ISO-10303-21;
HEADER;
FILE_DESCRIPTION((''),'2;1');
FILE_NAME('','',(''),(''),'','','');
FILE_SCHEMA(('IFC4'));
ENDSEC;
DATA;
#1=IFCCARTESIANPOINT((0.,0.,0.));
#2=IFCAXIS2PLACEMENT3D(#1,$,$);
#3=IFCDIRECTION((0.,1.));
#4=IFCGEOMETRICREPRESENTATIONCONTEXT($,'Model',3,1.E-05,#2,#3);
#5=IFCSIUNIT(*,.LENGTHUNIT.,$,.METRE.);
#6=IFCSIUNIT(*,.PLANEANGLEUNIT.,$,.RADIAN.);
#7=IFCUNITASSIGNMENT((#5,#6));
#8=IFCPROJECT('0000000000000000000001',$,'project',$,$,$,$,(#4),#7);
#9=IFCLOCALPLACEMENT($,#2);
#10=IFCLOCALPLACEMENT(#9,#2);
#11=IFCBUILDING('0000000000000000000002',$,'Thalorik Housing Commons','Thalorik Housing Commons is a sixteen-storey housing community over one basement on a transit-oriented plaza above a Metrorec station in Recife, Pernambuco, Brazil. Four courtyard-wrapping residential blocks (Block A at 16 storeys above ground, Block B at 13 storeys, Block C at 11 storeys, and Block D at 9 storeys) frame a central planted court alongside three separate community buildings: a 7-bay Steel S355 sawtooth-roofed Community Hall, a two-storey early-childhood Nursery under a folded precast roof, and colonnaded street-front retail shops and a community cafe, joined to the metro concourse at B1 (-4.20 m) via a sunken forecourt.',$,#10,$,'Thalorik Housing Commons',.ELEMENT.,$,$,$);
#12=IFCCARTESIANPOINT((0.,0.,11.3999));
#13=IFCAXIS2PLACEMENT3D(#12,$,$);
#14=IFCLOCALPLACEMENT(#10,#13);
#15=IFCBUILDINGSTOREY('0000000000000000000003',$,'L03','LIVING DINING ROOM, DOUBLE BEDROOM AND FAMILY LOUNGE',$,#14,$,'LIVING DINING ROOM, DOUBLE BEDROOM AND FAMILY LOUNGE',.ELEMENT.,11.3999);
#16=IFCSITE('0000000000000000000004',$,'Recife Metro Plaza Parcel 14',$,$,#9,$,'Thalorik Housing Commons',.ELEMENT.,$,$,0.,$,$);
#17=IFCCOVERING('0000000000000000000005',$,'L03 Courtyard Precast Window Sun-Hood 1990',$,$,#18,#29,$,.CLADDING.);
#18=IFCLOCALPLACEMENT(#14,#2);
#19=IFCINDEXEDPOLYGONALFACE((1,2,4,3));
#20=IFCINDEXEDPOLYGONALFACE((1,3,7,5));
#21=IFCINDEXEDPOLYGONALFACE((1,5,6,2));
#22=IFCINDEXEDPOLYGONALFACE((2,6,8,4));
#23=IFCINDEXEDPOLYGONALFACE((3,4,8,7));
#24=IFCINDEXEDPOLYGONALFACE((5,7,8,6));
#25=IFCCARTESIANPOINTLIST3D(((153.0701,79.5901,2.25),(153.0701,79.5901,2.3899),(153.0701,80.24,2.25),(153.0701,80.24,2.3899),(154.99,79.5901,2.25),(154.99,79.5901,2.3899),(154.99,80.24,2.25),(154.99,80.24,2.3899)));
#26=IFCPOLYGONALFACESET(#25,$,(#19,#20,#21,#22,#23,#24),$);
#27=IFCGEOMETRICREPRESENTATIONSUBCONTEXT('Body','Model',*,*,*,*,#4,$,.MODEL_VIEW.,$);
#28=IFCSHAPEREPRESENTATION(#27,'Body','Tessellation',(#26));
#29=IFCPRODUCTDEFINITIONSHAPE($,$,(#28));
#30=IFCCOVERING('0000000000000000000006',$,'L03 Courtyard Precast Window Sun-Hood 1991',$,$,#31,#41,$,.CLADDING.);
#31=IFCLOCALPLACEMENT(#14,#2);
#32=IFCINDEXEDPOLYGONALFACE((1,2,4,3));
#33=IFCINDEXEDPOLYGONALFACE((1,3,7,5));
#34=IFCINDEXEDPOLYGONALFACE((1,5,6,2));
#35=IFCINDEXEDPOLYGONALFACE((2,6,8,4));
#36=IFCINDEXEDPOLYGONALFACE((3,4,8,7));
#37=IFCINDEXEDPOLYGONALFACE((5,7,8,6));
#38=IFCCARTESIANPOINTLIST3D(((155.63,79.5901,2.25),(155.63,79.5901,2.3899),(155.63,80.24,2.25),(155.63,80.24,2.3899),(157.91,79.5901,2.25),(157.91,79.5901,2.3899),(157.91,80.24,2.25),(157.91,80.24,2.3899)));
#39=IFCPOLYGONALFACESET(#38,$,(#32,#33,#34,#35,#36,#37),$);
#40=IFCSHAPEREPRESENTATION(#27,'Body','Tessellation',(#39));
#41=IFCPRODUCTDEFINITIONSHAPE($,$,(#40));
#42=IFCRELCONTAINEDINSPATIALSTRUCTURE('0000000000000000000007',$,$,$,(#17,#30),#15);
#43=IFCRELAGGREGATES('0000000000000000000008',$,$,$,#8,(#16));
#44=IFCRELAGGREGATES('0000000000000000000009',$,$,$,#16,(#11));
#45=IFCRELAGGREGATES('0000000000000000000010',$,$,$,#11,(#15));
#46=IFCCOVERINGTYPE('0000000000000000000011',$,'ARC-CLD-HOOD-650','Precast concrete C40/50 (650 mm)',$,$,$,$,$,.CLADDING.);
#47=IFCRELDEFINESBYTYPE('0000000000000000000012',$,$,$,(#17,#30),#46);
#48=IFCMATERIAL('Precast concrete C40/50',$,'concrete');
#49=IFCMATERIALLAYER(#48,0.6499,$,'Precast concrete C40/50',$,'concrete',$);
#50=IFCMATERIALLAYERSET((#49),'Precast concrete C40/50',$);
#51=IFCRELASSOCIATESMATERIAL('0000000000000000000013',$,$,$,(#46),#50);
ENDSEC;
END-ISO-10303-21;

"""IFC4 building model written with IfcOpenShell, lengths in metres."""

from ifc_helpers import new_model, si_unit, direction, frame, origin, origin_2d, place, context, subcontext, project, spatial, rectangle, extrude, material, layer, layer_set, type_object, element, save


model = new_model("IFC4")

# Units and contexts
model_context = context("Model", 3, precision=1e-05, world=origin(), true_north=direction((0.0, 1.0)))
body_context = subcontext(model_context, "Body", "Model", "MODEL_VIEW")
ifc_project = project(units=[si_unit("LENGTHUNIT", "METRE"), si_unit("PLANEANGLEUNIT", "RADIAN")], contexts=[model_context])

# Site, building, storey
site_placement = place(None, origin())
site = spatial("IfcSite", under=ifc_project, at=site_placement, Name="Recife Metro Plaza Parcel 14", LongName="Thalorik Housing Commons", CompositionType="ELEMENT", RefElevation=0.0)
building_placement = place(site_placement, origin())
building = spatial("IfcBuilding", under=site, at=building_placement, Name="Thalorik Housing Commons", Description="Thalorik Housing Commons is a sixteen-storey housing community over one basement on a transit-oriented plaza above a Metrorec station in Recife, Pernambuco, Brazil. Four courtyard-wrapping residential blocks (Block A at 16 storeys above ground, Block B at 13 storeys, Block C at 11 storeys, and Block D at 9 storeys) frame a central planted court alongside three separate community buildings: a 7-bay Steel S355 sawtooth-roofed Community Hall, a two-storey early-childhood Nursery under a folded precast roof, and colonnaded street-front retail shops and a community cafe, joined to the metro concourse at B1 (-4.20 m) via a sunken forecourt.", LongName="Thalorik Housing Commons", CompositionType="ELEMENT")
storey_placement = place(building_placement, frame((0.0, 0.0, 11.3999)))
storey = spatial("IfcBuildingStorey", under=building, at=storey_placement, Name="L03", Description="LIVING DINING ROOM, DOUBLE BEDROOM AND FAMILY LOUNGE", LongName="LIVING DINING ROOM, DOUBLE BEDROOM AND FAMILY LOUNGE", CompositionType="ELEMENT", Elevation=11.3999)

# Shared definitions
ifc_material_1 = material(Name="Precast concrete C40/50", Category="concrete")

# Coverings
ifc_layer_1 = layer(ifc_material_1, 0.6499, Name="Precast concrete C40/50", Category="concrete")
ifc_layer_set_1 = layer_set([ifc_layer_1], Name="Precast concrete C40/50")
covering_type_1 = type_object("IfcCoveringType", Name="ARC-CLD-HOOD-650", Description="Precast concrete C40/50 (650 mm)", PredefinedType="CLADDING", material=ifc_layer_set_1)
covering_1_placement = place(storey_placement, frame((154.03, 79.915, 2.25), z_axis=(0.0, 0.0, 1.0), x_axis=(1.0, 0.0, 0.0)))
element("IfcCovering", 1, at=covering_1_placement, inside=storey, type_object=covering_type_1, Name="L03 Courtyard Precast Window Sun-Hood 1990", PredefinedType="CLADDING", context=body_context, shape_type="SweptSolid", body=[
    extrude(rectangle(XDim=1.9199, YDim=0.6499, at=origin_2d()), origin(), (0.0, 0.0, 1.0), 0.1399),
])
covering_2_placement = place(storey_placement, frame((156.77, 79.915, 2.25), z_axis=(0.0, 0.0, 1.0), x_axis=(1.0, 0.0, 0.0)))
element("IfcCovering", 2, at=covering_2_placement, inside=storey, type_object=covering_type_1, Name="L03 Courtyard Precast Window Sun-Hood 1991", PredefinedType="CLADDING", context=body_context, shape_type="SweptSolid", body=[
    extrude(rectangle(XDim=2.28, YDim=0.6499, at=origin_2d()), origin(), (0.0, 0.0, 1.0), 0.1399),
])

save(model, "model.ifc")
